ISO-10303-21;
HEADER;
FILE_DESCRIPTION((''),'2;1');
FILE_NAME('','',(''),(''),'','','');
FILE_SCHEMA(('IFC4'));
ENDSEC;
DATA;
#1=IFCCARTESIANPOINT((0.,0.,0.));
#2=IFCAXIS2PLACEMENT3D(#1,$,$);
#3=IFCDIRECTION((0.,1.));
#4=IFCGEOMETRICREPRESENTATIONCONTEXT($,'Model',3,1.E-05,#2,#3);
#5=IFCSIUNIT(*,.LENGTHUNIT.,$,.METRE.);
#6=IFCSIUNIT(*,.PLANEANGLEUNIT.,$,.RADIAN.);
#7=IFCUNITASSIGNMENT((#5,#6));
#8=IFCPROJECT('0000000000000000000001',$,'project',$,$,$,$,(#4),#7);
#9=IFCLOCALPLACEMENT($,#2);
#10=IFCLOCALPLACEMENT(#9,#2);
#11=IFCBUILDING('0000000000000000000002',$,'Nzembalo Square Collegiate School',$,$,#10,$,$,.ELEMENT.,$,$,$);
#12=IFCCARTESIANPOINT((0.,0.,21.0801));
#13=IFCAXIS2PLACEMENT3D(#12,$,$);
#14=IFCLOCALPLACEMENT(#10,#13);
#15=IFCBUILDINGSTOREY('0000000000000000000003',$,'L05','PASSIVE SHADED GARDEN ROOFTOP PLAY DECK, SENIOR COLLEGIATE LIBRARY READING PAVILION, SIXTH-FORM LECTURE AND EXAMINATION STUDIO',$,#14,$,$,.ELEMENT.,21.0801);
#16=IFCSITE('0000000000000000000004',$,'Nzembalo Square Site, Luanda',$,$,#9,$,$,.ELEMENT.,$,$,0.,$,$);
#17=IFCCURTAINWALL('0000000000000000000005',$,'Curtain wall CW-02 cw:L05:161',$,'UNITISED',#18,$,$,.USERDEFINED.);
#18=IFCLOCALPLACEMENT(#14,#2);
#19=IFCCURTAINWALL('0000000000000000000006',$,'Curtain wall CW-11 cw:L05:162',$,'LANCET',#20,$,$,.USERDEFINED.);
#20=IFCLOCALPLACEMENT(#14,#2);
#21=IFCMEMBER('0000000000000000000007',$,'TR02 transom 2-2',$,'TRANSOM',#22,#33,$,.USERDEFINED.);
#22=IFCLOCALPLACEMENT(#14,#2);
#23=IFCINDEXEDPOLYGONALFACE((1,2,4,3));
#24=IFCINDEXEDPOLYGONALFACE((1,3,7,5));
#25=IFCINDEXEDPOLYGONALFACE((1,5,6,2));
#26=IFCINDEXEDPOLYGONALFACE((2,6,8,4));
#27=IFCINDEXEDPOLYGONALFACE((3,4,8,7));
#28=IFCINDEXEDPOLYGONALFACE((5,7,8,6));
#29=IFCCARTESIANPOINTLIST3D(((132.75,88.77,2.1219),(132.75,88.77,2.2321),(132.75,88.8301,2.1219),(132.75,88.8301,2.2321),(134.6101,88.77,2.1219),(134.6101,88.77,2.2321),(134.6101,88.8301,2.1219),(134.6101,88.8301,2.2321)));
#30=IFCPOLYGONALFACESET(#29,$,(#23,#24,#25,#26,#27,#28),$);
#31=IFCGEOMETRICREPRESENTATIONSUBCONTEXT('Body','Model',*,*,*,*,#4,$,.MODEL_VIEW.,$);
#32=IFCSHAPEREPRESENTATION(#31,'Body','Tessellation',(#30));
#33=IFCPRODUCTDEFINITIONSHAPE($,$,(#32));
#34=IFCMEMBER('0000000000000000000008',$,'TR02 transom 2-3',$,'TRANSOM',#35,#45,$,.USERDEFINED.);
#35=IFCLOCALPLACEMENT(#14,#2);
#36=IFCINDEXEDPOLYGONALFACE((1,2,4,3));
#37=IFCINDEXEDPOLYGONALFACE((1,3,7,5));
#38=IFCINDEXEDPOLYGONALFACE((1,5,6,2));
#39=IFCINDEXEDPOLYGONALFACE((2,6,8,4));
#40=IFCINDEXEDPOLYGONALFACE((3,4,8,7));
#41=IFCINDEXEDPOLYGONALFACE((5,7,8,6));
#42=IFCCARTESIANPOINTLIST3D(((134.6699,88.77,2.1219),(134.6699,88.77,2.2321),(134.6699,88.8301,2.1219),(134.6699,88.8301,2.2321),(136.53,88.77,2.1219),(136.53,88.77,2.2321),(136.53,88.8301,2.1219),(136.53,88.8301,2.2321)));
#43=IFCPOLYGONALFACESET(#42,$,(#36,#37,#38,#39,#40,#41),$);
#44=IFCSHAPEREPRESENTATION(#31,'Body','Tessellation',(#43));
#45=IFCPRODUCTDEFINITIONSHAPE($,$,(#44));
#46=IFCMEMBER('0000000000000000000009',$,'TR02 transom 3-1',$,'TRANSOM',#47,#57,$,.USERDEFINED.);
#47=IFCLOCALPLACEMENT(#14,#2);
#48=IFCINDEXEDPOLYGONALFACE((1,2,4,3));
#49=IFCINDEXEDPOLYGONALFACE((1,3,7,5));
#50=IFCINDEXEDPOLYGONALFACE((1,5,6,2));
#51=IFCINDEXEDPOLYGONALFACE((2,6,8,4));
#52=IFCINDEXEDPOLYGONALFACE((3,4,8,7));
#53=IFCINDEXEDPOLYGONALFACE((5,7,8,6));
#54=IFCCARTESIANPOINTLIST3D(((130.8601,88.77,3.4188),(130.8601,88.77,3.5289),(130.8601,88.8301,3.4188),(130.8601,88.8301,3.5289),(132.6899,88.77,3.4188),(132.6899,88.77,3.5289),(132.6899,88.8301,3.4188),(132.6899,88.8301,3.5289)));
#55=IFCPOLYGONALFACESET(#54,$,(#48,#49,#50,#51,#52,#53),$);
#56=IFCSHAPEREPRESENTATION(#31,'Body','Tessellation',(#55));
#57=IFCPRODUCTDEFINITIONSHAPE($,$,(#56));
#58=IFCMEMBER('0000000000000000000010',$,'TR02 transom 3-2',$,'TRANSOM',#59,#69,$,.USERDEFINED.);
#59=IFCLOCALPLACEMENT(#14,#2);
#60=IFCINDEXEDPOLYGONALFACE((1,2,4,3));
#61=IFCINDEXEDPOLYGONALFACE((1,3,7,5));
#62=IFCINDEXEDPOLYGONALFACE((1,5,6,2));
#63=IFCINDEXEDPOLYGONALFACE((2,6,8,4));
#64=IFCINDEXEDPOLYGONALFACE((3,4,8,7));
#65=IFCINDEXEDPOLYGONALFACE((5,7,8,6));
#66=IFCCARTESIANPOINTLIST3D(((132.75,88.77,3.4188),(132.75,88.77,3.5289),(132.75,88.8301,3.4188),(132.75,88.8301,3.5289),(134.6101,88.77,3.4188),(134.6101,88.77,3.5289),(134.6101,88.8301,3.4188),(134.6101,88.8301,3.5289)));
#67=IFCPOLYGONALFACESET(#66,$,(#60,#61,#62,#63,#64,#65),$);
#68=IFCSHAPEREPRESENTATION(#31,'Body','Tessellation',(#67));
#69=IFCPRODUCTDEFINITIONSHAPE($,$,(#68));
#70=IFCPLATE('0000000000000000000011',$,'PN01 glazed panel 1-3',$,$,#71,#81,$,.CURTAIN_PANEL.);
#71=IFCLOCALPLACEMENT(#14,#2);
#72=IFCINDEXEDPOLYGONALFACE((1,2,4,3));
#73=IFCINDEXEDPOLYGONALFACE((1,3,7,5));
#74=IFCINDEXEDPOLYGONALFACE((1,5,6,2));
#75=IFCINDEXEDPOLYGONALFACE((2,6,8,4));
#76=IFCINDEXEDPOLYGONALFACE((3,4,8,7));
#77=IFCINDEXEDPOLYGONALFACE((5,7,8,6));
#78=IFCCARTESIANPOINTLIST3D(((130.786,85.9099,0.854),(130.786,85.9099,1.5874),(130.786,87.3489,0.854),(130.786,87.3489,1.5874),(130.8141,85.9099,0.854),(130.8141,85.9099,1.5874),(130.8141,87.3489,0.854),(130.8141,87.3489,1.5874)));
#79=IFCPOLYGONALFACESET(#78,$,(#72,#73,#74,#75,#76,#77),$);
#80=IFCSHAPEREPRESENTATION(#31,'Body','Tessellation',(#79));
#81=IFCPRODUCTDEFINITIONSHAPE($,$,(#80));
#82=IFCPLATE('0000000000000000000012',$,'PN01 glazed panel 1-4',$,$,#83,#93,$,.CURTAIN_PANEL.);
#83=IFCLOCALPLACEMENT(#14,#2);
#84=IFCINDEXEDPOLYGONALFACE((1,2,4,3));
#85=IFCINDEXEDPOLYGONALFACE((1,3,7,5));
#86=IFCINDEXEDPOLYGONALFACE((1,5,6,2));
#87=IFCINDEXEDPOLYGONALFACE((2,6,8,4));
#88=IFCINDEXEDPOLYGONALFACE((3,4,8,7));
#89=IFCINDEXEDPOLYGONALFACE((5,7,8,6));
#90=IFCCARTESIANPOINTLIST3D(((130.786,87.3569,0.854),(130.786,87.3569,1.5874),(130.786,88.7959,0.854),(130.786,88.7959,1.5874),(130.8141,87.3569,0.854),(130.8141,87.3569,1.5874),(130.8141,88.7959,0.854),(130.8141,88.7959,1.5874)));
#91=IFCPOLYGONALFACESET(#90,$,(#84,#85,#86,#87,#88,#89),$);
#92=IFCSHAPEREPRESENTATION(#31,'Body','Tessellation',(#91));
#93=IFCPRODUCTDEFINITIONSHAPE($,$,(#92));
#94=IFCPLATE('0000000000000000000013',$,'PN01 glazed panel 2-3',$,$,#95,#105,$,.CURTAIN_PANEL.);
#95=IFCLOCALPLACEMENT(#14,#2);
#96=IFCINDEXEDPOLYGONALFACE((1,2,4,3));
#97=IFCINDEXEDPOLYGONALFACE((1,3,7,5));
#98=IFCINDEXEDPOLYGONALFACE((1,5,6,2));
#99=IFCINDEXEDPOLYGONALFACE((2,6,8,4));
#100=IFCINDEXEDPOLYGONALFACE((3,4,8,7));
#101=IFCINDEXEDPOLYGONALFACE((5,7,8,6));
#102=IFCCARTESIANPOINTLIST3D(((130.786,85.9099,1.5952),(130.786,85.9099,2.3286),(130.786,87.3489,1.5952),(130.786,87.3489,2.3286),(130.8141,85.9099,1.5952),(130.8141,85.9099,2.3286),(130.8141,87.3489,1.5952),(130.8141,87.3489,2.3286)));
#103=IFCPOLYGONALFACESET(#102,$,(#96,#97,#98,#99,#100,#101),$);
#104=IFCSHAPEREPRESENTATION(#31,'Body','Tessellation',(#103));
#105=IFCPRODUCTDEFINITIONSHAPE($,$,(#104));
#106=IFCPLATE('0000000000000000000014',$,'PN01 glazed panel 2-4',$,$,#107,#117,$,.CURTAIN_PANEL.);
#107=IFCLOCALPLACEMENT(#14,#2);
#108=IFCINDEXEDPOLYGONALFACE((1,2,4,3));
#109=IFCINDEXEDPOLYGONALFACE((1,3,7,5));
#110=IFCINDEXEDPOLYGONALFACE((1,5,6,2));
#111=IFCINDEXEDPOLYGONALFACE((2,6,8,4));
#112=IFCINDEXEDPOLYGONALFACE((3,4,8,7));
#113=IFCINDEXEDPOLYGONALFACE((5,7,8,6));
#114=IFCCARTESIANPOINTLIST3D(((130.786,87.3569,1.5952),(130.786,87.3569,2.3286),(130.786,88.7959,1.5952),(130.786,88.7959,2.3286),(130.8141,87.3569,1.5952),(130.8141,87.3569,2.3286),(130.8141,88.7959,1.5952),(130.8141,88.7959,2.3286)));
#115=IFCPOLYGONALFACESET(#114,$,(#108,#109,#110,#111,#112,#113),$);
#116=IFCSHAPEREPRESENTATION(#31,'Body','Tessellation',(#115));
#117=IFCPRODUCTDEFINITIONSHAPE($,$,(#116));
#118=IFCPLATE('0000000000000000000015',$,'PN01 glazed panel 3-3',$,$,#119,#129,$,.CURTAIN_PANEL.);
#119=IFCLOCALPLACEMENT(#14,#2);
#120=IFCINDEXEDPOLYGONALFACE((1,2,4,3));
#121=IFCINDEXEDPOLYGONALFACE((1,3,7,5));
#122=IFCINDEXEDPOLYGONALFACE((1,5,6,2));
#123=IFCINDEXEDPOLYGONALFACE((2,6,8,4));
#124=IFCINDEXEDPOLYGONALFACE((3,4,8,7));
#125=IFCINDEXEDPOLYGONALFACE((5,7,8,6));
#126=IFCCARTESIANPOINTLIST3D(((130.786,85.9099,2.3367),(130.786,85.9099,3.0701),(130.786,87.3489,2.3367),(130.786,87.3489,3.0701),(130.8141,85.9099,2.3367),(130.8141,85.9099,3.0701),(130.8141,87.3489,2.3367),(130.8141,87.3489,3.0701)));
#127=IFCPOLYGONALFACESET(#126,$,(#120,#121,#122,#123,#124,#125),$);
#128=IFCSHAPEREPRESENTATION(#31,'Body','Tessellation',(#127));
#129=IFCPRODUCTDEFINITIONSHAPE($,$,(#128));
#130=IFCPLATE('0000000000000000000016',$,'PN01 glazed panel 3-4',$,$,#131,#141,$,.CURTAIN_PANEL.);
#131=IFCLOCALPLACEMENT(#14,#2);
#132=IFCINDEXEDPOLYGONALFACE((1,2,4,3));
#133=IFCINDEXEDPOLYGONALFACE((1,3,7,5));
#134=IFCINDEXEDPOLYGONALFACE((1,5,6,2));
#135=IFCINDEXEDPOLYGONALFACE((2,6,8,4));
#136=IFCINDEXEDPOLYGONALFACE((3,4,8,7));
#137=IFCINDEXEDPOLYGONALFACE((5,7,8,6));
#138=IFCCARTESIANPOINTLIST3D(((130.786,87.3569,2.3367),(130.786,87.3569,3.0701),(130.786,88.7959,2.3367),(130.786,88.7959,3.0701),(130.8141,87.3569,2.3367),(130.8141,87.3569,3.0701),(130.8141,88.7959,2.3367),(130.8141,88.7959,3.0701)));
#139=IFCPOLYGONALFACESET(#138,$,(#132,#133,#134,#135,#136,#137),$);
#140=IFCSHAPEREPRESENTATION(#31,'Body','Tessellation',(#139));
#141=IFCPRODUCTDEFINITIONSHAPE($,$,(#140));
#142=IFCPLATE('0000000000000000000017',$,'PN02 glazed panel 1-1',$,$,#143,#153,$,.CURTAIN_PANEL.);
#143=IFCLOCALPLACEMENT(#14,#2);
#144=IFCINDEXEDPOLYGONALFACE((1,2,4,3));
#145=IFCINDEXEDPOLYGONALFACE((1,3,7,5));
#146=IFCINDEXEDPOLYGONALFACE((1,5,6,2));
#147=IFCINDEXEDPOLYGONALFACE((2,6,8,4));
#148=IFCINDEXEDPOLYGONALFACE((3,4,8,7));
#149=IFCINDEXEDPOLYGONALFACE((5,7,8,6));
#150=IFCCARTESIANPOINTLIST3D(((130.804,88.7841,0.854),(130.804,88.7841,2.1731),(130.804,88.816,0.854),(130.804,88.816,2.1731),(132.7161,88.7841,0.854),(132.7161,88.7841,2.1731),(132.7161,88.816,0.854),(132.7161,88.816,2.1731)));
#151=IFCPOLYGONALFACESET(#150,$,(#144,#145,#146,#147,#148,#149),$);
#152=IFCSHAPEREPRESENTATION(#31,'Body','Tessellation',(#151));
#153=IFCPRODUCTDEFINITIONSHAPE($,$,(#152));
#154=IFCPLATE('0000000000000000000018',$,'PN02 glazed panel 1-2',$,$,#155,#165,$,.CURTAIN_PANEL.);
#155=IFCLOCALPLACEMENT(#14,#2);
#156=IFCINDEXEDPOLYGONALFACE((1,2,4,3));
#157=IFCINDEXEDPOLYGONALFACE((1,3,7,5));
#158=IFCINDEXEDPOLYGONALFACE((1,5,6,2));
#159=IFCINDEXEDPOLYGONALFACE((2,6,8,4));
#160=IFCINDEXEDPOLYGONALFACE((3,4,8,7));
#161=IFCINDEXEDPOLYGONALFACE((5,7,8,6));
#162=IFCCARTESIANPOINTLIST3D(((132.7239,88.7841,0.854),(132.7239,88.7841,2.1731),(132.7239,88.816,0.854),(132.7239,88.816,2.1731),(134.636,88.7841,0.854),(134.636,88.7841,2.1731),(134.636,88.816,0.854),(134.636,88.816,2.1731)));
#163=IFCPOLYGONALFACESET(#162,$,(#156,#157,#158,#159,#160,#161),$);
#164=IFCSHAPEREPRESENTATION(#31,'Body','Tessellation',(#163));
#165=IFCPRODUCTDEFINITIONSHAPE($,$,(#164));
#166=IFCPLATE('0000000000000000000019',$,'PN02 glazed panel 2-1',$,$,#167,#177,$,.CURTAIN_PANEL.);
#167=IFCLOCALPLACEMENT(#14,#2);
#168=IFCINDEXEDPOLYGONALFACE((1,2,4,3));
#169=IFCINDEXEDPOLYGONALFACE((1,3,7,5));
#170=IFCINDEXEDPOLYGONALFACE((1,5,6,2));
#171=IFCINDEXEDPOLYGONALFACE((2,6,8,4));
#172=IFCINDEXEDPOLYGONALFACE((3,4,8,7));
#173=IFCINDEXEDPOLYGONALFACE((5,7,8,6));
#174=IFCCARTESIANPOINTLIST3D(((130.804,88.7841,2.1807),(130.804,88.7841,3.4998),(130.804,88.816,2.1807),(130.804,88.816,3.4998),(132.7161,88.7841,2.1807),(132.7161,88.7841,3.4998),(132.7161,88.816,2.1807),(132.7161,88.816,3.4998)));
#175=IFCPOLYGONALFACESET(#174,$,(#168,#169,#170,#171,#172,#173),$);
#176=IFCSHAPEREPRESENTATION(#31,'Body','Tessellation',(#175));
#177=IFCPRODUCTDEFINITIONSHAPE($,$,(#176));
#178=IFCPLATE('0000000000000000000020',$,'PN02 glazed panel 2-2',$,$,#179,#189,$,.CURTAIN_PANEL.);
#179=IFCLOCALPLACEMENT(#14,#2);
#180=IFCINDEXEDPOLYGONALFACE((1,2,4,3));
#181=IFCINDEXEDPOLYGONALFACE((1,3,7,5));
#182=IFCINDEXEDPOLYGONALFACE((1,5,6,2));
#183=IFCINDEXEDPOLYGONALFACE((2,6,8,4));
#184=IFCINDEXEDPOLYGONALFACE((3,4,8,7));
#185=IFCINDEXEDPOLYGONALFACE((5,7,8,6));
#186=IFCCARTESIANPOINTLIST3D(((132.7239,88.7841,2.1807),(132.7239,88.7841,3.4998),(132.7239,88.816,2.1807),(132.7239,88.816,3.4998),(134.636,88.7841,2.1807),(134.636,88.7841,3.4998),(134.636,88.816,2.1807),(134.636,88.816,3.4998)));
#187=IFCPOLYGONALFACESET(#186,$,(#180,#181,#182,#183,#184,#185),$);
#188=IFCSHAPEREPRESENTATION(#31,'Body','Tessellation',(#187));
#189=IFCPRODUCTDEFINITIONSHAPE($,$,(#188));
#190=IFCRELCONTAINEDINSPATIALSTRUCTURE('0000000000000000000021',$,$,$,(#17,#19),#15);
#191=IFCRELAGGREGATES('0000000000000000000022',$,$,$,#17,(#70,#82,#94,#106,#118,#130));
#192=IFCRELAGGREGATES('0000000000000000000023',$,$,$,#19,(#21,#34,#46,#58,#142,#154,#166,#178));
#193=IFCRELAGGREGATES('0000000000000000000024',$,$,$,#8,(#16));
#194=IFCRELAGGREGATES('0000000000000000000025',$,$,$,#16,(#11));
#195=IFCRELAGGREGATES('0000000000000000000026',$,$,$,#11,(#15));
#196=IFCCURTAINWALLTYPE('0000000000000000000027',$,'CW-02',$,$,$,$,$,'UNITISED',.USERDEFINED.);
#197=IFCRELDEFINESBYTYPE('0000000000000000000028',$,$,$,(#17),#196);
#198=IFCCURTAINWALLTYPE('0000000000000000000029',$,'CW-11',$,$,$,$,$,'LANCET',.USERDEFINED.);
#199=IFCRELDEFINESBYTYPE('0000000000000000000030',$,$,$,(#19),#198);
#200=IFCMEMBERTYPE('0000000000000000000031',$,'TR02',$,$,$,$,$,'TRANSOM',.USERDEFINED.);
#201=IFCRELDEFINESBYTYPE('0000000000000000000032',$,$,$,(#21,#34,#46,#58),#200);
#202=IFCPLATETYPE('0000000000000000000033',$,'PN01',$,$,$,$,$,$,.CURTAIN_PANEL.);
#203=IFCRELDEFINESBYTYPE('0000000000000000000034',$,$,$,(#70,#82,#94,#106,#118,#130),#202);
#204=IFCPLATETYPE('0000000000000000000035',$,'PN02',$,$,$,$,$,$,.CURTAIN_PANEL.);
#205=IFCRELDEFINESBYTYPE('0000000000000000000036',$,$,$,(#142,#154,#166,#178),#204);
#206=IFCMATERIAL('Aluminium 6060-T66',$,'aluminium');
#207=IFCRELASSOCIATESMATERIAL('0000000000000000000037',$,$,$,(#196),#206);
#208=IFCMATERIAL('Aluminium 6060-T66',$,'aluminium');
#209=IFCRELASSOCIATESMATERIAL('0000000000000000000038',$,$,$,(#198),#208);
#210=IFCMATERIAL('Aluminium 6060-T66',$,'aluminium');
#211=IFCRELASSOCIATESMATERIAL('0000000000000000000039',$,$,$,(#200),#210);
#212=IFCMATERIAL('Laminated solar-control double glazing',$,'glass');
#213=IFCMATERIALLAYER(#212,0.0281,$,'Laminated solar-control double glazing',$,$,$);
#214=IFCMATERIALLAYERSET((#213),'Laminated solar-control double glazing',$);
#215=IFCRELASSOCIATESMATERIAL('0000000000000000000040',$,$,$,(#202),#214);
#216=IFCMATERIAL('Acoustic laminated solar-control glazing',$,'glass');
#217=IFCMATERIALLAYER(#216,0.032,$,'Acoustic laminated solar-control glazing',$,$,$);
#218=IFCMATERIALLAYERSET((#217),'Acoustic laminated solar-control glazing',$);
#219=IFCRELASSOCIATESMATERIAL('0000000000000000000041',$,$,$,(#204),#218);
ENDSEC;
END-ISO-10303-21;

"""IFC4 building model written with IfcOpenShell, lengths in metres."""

from ifc_helpers import new_model, si_unit, direction, frame, origin, origin_2d, place, context, subcontext, project, spatial, rectangle, extrude, material, layer, layer_set, material_profile, profile_set, type_object, element, aggregate, save


model = new_model("IFC4")

# Units and contexts
model_context = context("Model", 3, precision=1e-05, world=origin(), true_north=direction((0.0, 1.0)))
body_context = subcontext(model_context, "Body", "Model", "MODEL_VIEW")
ifc_project = project(units=[si_unit("LENGTHUNIT", "METRE"), si_unit("PLANEANGLEUNIT", "RADIAN")], contexts=[model_context])

# Site, building, storey
site_placement = place(None, origin())
site = spatial("IfcSite", under=ifc_project, at=site_placement, Name="Nzembalo Square Site, Luanda", CompositionType="ELEMENT", RefElevation=0.0)
building_placement = place(site_placement, origin())
building = spatial("IfcBuilding", under=site, at=building_placement, Name="Nzembalo Square Collegiate School", CompositionType="ELEMENT")
storey_placement = place(building_placement, frame((0.0, 0.0, 21.0801)))
storey = spatial("IfcBuildingStorey", under=building, at=storey_placement, Name="L05", Description="PASSIVE SHADED GARDEN ROOFTOP PLAY DECK, SENIOR COLLEGIATE LIBRARY READING PAVILION, SIXTH-FORM LECTURE AND EXAMINATION STUDIO", CompositionType="ELEMENT", Elevation=21.0801)

# Curtain wall
ifc_material_1 = material(Name="Aluminium 6060-T66", Category="aluminium")
curtain_wall_type_1 = type_object("IfcCurtainWallType", Name="CW-02", ElementType="UNITISED", PredefinedType="USERDEFINED", material=ifc_material_1)
curtain_wall_1_placement = place(storey_placement, origin())
curtain_wall_1 = element("IfcCurtainWall", 1, at=curtain_wall_1_placement, inside=storey, type_object=curtain_wall_type_1, Name="Curtain wall CW-02 cw:L05:161", ObjectType="UNITISED", PredefinedType="USERDEFINED")

# Curtain wall
ifc_material_2 = material(Name="Aluminium 6060-T66", Category="aluminium")
curtain_wall_type_2 = type_object("IfcCurtainWallType", Name="CW-11", ElementType="LANCET", PredefinedType="USERDEFINED", material=ifc_material_2)
curtain_wall_2_placement = place(storey_placement, origin())
curtain_wall_2 = element("IfcCurtainWall", 2, at=curtain_wall_2_placement, inside=storey, type_object=curtain_wall_type_2, Name="Curtain wall CW-11 cw:L05:162", ObjectType="LANCET", PredefinedType="USERDEFINED")

# Members
ifc_material_3 = material(Name="Aluminium 6060-T66", Category="aluminium")
ifc_material_profile_1 = material_profile(ifc_material_3, rectangle(XDim=0.0601, YDim=0.1101, at=origin_2d()), Name="ALU T60x110")
ifc_profile_set_1 = profile_set([ifc_material_profile_1], Name="Aluminium 6060-T66")
member_type_1 = type_object("IfcMemberType", Name="TR02", ElementType="TRANSOM", PredefinedType="USERDEFINED", material=ifc_profile_set_1)
member_1_placement = place(storey_placement, frame((132.75, 88.8, 2.177), z_axis=(1.0, 0.0, 0.0), x_axis=(0.0, 1.0, 0.0)))
member_1 = element("IfcMember", 3, at=member_1_placement, type_object=member_type_1, Name="TR02 transom 2-2", ObjectType="TRANSOM", PredefinedType="USERDEFINED", context=body_context, shape_type="SweptSolid", body=[
    extrude(rectangle(XDim=0.0601, YDim=0.1101, at=origin_2d()), origin(), (0.0, 0.0, 1.0), 1.8601),
])
member_2_placement = place(storey_placement, frame((134.6699, 88.8, 2.177), z_axis=(1.0, 0.0, 0.0), x_axis=(0.0, 1.0, 0.0)))
member_2 = element("IfcMember", 4, at=member_2_placement, type_object=member_type_1, Name="TR02 transom 2-3", ObjectType="TRANSOM", PredefinedType="USERDEFINED", context=body_context, shape_type="SweptSolid", body=[
    extrude(rectangle(XDim=0.0601, YDim=0.1101, at=origin_2d()), origin(), (0.0, 0.0, 1.0), 1.8601),
])
member_3_placement = place(storey_placement, frame((130.8601, 88.8, 3.4739), z_axis=(1.0, 0.0, 0.0), x_axis=(0.0, 1.0, 0.0)))
member_3 = element("IfcMember", 5, at=member_3_placement, type_object=member_type_1, Name="TR02 transom 3-1", ObjectType="TRANSOM", PredefinedType="USERDEFINED", context=body_context, shape_type="SweptSolid", body=[
    extrude(rectangle(XDim=0.0601, YDim=0.1101, at=origin_2d()), origin(), (0.0, 0.0, 1.0), 1.8298),
])
member_4_placement = place(storey_placement, frame((132.75, 88.8, 3.4739), z_axis=(1.0, 0.0, 0.0), x_axis=(0.0, 1.0, 0.0)))
member_4 = element("IfcMember", 6, at=member_4_placement, type_object=member_type_1, Name="TR02 transom 3-2", ObjectType="TRANSOM", PredefinedType="USERDEFINED", context=body_context, shape_type="SweptSolid", body=[
    extrude(rectangle(XDim=0.0601, YDim=0.1101, at=origin_2d()), origin(), (0.0, 0.0, 1.0), 1.8601),
])

# Plates
ifc_material_4 = material(Name="Laminated solar-control double glazing", Category="glass")
ifc_layer_1 = layer(ifc_material_4, 0.0281, Name="Laminated solar-control double glazing")
ifc_layer_set_1 = layer_set([ifc_layer_1], Name="Laminated solar-control double glazing")
plate_type_1 = type_object("IfcPlateType", Name="PN01", PredefinedType="CURTAIN_PANEL", material=ifc_layer_set_1)
plate_1_placement = place(storey_placement, frame((130.8, 86.6294, 0.854), z_axis=(0.0, 0.0, 1.0), x_axis=(0.0, 1.0, 0.0)))
plate_1 = element("IfcPlate", 7, at=plate_1_placement, type_object=plate_type_1, Name="PN01 glazed panel 1-3", PredefinedType="CURTAIN_PANEL", context=body_context, shape_type="SweptSolid", body=[
    extrude(rectangle(XDim=1.439, YDim=0.0281, at=origin_2d()), origin(), (0.0, 0.0, 1.0), 0.7334),
])
plate_2_placement = place(storey_placement, frame((130.8, 88.0764, 0.854), z_axis=(0.0, 0.0, 1.0), x_axis=(0.0, 1.0, 0.0)))
plate_2 = element("IfcPlate", 8, at=plate_2_placement, type_object=plate_type_1, Name="PN01 glazed panel 1-4", PredefinedType="CURTAIN_PANEL", context=body_context, shape_type="SweptSolid", body=[
    extrude(rectangle(XDim=1.439, YDim=0.0281, at=origin_2d()), origin(), (0.0, 0.0, 1.0), 0.7334),
])
plate_3_placement = place(storey_placement, frame((130.8, 86.6294, 1.5952), z_axis=(0.0, 0.0, 1.0), x_axis=(0.0, 1.0, 0.0)))
plate_3 = element("IfcPlate", 9, at=plate_3_placement, type_object=plate_type_1, Name="PN01 glazed panel 2-3", PredefinedType="CURTAIN_PANEL", context=body_context, shape_type="SweptSolid", body=[
    extrude(rectangle(XDim=1.439, YDim=0.0281, at=origin_2d()), origin(), (0.0, 0.0, 1.0), 0.7334),
])
plate_4_placement = place(storey_placement, frame((130.8, 88.0764, 1.5952), z_axis=(0.0, 0.0, 1.0), x_axis=(0.0, 1.0, 0.0)))
plate_4 = element("IfcPlate", 10, at=plate_4_placement, type_object=plate_type_1, Name="PN01 glazed panel 2-4", PredefinedType="CURTAIN_PANEL", context=body_context, shape_type="SweptSolid", body=[
    extrude(rectangle(XDim=1.439, YDim=0.0281, at=origin_2d()), origin(), (0.0, 0.0, 1.0), 0.7334),
])
plate_5_placement = place(storey_placement, frame((130.8, 86.6294, 2.3367), z_axis=(0.0, 0.0, 1.0), x_axis=(0.0, 1.0, 0.0)))
plate_5 = element("IfcPlate", 11, at=plate_5_placement, type_object=plate_type_1, Name="PN01 glazed panel 3-3", PredefinedType="CURTAIN_PANEL", context=body_context, shape_type="SweptSolid", body=[
    extrude(rectangle(XDim=1.439, YDim=0.0281, at=origin_2d()), origin(), (0.0, 0.0, 1.0), 0.7334),
])
plate_6_placement = place(storey_placement, frame((130.8, 88.0764, 2.3367), z_axis=(0.0, 0.0, 1.0), x_axis=(0.0, 1.0, 0.0)))
plate_6 = element("IfcPlate", 12, at=plate_6_placement, type_object=plate_type_1, Name="PN01 glazed panel 3-4", PredefinedType="CURTAIN_PANEL", context=body_context, shape_type="SweptSolid", body=[
    extrude(rectangle(XDim=1.439, YDim=0.0281, at=origin_2d()), origin(), (0.0, 0.0, 1.0), 0.7334),
])
aggregate(curtain_wall_1, [plate_1, plate_2, plate_3, plate_4, plate_5, plate_6])
ifc_material_5 = material(Name="Acoustic laminated solar-control glazing", Category="glass")
ifc_layer_2 = layer(ifc_material_5, 0.032, Name="Acoustic laminated solar-control glazing")
ifc_layer_set_2 = layer_set([ifc_layer_2], Name="Acoustic laminated solar-control glazing")
plate_type_2 = type_object("IfcPlateType", Name="PN02", PredefinedType="CURTAIN_PANEL", material=ifc_layer_set_2)
plate_7_placement = place(storey_placement, frame((131.76, 88.8, 0.854), z_axis=(0.0, 0.0, 1.0), x_axis=(1.0, 0.0, 0.0)))
plate_7 = element("IfcPlate", 13, at=plate_7_placement, type_object=plate_type_2, Name="PN02 glazed panel 1-1", PredefinedType="CURTAIN_PANEL", context=body_context, shape_type="SweptSolid", body=[
    extrude(rectangle(XDim=1.9121, YDim=0.032, at=origin_2d()), origin(), (0.0, 0.0, 1.0), 1.3191),
])
plate_8_placement = place(storey_placement, frame((133.6799, 88.8, 0.854), z_axis=(0.0, 0.0, 1.0), x_axis=(1.0, 0.0, 0.0)))
plate_8 = element("IfcPlate", 14, at=plate_8_placement, type_object=plate_type_2, Name="PN02 glazed panel 1-2", PredefinedType="CURTAIN_PANEL", context=body_context, shape_type="SweptSolid", body=[
    extrude(rectangle(XDim=1.9121, YDim=0.032, at=origin_2d()), origin(), (0.0, 0.0, 1.0), 1.3191),
])
plate_9_placement = place(storey_placement, frame((131.76, 88.8, 2.1807), z_axis=(0.0, 0.0, 1.0), x_axis=(1.0, 0.0, 0.0)))
plate_9 = element("IfcPlate", 15, at=plate_9_placement, type_object=plate_type_2, Name="PN02 glazed panel 2-1", PredefinedType="CURTAIN_PANEL", context=body_context, shape_type="SweptSolid", body=[
    extrude(rectangle(XDim=1.9121, YDim=0.032, at=origin_2d()), origin(), (0.0, 0.0, 1.0), 1.3191),
])
plate_10_placement = place(storey_placement, frame((133.6799, 88.8, 2.1807), z_axis=(0.0, 0.0, 1.0), x_axis=(1.0, 0.0, 0.0)))
plate_10 = element("IfcPlate", 16, at=plate_10_placement, type_object=plate_type_2, Name="PN02 glazed panel 2-2", PredefinedType="CURTAIN_PANEL", context=body_context, shape_type="SweptSolid", body=[
    extrude(rectangle(XDim=1.9121, YDim=0.032, at=origin_2d()), origin(), (0.0, 0.0, 1.0), 1.3191),
])
aggregate(curtain_wall_2, [member_1, member_2, member_3, member_4, plate_7, plate_8, plate_9, plate_10])

save(model, "model.ifc")
